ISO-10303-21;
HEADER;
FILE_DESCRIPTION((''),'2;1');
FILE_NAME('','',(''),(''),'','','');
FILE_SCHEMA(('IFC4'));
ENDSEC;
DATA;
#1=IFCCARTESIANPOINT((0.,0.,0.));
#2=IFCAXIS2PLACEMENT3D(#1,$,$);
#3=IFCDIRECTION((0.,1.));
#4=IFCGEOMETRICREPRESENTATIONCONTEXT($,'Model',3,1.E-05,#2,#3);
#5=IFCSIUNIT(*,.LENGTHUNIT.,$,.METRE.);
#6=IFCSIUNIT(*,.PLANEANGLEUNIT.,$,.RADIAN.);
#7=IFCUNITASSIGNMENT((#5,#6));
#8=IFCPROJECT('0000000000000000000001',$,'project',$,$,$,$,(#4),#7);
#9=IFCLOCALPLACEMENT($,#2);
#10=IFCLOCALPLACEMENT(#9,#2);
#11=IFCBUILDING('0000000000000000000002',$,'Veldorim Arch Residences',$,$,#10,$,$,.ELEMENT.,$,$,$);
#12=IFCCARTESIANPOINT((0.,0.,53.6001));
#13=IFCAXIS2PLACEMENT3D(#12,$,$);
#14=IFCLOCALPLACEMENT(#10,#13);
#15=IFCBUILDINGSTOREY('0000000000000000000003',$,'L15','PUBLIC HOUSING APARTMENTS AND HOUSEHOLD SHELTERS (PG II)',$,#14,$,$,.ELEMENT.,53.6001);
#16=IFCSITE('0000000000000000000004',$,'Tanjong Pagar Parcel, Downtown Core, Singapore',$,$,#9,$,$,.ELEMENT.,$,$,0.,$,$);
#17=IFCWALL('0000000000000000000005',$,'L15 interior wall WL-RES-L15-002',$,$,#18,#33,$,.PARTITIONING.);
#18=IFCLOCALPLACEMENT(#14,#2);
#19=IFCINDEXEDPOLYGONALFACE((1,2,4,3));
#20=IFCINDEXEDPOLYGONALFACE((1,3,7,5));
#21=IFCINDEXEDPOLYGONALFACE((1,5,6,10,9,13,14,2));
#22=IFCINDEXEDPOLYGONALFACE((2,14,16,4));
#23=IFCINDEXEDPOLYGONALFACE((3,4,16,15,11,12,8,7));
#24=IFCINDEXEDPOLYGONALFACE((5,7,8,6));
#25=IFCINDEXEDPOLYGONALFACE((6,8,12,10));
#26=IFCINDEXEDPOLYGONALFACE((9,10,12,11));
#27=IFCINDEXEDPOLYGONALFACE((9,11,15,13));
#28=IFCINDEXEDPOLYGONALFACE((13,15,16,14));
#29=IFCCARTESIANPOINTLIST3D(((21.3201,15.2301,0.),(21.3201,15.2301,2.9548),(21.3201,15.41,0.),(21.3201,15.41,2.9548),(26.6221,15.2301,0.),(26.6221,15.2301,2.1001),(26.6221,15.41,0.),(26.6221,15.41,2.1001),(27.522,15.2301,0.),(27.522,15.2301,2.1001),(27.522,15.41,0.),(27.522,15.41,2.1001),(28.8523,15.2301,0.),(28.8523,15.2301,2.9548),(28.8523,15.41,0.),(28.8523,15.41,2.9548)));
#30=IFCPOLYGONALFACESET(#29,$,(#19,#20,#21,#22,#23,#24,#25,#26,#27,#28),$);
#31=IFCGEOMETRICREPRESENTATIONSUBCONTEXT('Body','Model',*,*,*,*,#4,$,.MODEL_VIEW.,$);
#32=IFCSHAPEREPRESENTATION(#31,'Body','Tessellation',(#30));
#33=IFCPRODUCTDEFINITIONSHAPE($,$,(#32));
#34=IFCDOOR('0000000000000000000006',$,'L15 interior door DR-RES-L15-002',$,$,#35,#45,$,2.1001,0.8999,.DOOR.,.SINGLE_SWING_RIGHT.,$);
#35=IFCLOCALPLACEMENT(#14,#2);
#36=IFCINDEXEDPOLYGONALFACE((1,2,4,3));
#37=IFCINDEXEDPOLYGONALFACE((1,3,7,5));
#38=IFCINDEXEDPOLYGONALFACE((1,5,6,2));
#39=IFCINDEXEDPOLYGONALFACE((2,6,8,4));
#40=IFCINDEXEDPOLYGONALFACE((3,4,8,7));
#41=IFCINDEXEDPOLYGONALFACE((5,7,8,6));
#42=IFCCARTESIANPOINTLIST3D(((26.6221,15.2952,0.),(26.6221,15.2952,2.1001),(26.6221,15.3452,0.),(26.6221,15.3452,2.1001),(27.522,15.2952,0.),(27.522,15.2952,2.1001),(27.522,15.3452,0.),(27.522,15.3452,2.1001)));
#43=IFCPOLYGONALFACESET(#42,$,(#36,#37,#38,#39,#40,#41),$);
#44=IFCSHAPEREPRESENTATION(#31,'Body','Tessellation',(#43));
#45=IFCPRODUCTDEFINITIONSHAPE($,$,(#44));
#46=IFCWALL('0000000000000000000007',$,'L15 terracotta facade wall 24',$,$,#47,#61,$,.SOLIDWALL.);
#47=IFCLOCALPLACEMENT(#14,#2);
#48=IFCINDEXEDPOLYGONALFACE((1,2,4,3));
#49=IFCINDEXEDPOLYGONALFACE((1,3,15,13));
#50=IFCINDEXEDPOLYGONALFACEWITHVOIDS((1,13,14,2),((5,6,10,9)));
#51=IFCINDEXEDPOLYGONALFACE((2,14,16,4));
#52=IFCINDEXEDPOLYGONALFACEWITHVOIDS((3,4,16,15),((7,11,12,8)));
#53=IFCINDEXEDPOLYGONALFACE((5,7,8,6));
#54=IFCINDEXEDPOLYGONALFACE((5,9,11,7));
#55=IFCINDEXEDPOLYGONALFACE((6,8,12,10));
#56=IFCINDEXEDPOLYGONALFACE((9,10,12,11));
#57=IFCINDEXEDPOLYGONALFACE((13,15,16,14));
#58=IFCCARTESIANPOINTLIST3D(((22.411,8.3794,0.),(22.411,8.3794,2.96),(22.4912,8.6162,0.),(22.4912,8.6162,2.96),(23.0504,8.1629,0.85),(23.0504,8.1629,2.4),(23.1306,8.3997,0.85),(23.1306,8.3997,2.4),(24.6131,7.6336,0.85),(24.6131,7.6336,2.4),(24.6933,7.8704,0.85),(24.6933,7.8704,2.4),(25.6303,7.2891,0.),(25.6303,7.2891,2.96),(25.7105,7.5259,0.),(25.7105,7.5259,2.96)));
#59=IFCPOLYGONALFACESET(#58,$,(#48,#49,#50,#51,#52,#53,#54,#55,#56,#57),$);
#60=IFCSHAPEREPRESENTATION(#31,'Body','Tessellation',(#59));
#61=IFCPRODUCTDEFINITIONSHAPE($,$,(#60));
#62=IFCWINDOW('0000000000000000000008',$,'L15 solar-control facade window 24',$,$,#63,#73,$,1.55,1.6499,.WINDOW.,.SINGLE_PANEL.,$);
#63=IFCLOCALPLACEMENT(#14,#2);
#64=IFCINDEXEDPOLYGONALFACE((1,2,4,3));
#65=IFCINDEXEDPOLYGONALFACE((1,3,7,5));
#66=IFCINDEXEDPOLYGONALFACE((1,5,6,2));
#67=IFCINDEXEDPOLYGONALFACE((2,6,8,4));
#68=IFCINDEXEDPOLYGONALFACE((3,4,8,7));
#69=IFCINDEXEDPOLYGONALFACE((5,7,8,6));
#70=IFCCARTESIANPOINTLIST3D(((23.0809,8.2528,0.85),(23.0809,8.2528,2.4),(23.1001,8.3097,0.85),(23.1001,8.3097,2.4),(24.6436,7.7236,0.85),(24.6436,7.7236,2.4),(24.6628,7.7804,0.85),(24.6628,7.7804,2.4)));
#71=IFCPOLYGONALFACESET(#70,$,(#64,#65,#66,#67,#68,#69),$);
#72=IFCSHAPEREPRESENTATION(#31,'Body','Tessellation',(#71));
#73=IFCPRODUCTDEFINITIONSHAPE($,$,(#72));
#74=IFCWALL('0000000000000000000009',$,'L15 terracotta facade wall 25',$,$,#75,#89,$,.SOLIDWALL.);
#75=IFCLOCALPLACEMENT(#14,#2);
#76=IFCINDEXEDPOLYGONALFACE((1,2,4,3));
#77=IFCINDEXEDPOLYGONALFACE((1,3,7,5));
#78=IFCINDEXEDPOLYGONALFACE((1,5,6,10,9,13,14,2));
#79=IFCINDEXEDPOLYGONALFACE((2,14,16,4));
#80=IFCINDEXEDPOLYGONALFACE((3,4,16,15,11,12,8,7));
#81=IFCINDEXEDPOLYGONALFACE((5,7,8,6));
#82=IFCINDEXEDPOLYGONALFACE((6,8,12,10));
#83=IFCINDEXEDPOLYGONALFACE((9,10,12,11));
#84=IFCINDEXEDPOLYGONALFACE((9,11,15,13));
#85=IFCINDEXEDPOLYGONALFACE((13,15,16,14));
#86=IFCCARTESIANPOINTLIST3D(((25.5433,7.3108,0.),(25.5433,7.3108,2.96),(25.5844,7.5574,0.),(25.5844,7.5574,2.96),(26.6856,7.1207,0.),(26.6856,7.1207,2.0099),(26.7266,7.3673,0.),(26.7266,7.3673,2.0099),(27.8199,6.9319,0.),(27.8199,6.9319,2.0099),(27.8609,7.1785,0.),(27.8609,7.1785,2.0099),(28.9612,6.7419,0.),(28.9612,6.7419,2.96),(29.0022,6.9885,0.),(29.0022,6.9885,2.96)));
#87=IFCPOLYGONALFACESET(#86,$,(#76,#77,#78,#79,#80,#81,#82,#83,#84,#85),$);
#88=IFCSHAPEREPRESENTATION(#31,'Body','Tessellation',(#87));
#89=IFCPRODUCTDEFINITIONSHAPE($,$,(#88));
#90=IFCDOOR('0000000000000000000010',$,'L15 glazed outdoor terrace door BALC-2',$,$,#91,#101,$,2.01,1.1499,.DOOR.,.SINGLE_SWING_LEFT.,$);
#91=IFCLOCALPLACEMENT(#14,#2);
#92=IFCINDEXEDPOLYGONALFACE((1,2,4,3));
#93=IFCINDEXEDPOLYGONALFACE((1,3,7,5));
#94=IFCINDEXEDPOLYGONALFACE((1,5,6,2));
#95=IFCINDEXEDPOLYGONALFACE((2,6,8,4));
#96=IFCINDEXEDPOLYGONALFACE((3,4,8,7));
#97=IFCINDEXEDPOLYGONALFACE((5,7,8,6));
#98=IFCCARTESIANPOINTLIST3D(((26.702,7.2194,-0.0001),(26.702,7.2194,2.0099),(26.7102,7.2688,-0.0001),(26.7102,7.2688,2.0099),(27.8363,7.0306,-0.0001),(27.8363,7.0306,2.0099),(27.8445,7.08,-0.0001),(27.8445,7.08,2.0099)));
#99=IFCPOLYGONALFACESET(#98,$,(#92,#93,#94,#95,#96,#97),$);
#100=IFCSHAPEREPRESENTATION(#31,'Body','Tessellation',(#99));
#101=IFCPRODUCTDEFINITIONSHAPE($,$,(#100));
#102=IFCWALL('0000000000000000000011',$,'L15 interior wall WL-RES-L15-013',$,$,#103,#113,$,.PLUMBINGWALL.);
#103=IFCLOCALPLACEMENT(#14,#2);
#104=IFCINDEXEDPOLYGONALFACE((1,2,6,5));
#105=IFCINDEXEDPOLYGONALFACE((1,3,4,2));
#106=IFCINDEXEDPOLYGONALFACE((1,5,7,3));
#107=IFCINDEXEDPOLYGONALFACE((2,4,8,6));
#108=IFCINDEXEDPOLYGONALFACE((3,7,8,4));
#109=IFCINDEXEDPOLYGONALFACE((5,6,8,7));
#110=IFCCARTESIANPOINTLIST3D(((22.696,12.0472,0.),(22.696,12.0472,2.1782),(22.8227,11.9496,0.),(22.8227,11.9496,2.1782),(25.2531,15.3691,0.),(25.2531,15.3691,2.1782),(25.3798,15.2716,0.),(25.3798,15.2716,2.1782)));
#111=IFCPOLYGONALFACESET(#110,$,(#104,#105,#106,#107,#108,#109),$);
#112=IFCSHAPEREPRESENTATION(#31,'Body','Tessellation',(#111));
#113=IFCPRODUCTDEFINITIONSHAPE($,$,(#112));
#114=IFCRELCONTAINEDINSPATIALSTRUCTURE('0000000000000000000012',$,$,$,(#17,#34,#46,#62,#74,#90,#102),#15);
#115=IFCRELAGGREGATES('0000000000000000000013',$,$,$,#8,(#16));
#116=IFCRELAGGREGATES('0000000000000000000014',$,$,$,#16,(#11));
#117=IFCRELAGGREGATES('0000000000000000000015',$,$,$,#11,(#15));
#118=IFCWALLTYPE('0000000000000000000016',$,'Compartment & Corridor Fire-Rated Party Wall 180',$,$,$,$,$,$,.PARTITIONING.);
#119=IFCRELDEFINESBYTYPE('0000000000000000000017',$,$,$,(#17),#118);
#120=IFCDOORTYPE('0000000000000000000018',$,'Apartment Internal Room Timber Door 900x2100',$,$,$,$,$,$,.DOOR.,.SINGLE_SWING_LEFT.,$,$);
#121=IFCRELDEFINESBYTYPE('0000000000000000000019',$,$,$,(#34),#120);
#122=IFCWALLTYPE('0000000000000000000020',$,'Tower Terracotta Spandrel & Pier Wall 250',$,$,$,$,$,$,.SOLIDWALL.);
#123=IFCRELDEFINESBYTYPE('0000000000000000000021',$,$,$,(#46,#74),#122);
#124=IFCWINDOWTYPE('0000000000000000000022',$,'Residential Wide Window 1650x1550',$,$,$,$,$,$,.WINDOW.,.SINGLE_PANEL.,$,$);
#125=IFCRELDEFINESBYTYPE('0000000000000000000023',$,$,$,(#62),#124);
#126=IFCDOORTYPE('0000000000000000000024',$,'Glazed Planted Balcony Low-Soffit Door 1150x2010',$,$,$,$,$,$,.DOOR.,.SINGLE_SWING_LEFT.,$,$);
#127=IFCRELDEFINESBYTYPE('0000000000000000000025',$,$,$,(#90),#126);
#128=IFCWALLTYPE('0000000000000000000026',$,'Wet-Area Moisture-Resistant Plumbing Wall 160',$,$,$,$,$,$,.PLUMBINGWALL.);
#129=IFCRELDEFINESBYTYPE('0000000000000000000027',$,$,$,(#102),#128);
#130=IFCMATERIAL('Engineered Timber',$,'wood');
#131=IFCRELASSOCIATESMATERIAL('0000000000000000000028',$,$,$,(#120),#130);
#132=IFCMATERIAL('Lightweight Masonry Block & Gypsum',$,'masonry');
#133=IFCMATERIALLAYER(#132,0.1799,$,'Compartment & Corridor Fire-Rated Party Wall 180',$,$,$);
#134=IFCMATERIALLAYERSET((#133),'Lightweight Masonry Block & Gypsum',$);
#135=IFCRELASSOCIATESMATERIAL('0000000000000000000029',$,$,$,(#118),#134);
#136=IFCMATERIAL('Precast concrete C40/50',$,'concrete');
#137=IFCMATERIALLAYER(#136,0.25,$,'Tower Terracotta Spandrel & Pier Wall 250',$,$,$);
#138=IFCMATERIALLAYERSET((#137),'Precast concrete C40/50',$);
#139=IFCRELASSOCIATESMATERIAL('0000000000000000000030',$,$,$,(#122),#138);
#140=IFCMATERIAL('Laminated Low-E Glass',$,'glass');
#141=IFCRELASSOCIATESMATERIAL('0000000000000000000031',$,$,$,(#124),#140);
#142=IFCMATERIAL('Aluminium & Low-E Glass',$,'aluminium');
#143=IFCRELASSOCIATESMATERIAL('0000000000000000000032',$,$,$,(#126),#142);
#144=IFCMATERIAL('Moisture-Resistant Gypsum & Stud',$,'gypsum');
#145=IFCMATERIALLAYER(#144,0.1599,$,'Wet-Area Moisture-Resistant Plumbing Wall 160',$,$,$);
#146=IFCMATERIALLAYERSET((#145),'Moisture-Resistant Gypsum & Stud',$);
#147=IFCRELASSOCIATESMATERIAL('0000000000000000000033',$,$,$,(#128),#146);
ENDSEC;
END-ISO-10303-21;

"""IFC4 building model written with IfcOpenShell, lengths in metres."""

from ifc_helpers import new_model, si_unit, direction, frame, frame_2d, origin, place, context, subcontext, project, spatial, rectangle, extrude, material, layer, layer_set, type_object, element, fill, save


model = new_model("IFC4")

# Units and contexts
model_context = context("Model", 3, precision=1e-05, world=origin(), true_north=direction((0.0, 1.0)))
body_context = subcontext(model_context, "Body", "Model", "MODEL_VIEW")
ifc_project = project(units=[si_unit("LENGTHUNIT", "METRE"), si_unit("PLANEANGLEUNIT", "RADIAN")], contexts=[model_context])

# Site, building, storey
site_placement = place(None, origin())
site = spatial("IfcSite", under=ifc_project, at=site_placement, Name="Tanjong Pagar Parcel, Downtown Core, Singapore", CompositionType="ELEMENT", RefElevation=0.0)
building_placement = place(site_placement, origin())
building = spatial("IfcBuilding", under=site, at=building_placement, Name="Veldorim Arch Residences", CompositionType="ELEMENT")
storey_placement = place(building_placement, frame((0.0, 0.0, 53.6001)))
storey = spatial("IfcBuildingStorey", under=building, at=storey_placement, Name="L15", Description="PUBLIC HOUSING APARTMENTS AND HOUSEHOLD SHELTERS (PG II)", CompositionType="ELEMENT", Elevation=53.6001)

# Shared definitions
ifc_material_1 = material(Name="Engineered Timber", Category="wood")
door_type_1 = type_object("IfcDoorType", Name="Apartment Internal Room Timber Door 900x2100", OperationType="SINGLE_SWING_LEFT", PredefinedType="DOOR", material=ifc_material_1)

# Shared definitions
ifc_material_2 = material(Name="Lightweight Masonry Block & Gypsum", Category="masonry")
ifc_layer_1 = layer(ifc_material_2, 0.1799, Name="Compartment & Corridor Fire-Rated Party Wall 180")
ifc_layer_set_1 = layer_set([ifc_layer_1], Name="Lightweight Masonry Block & Gypsum")
wall_type_1 = type_object("IfcWallType", Name="Compartment & Corridor Fire-Rated Party Wall 180", PredefinedType="PARTITIONING", material=ifc_layer_set_1)

# Wall, opening, door
wall_1_placement = place(storey_placement, frame((28.8523, 15.3201, 0.0), z_axis=(0.0, 0.0, 1.0), x_axis=(-1.0, 0.0, 0.0)))
wall_1 = element("IfcWall", 1, at=wall_1_placement, inside=storey, type_object=wall_type_1, Name="L15 interior wall WL-RES-L15-002", PredefinedType="PARTITIONING", context=body_context, shape_type="SweptSolid", body=[
    extrude(rectangle(XDim=7.5322, YDim=0.1799, at=frame_2d((3.7661, 0.0))), origin(), (0.0, 0.0, 1.0), 2.9548),
])
opening_1_placement = place(wall_1_placement, frame((1.3303, 0.0, 0.0)))
opening_1 = element("IfcOpeningElement", 2, at=opening_1_placement, cuts=wall_1, PredefinedType="OPENING", context=body_context, shape_type="SweptSolid", body=[
    extrude(rectangle(XDim=0.8999, YDim=2.1001, at=frame_2d((0.45, 1.05))), frame((0.0, 0.0999, 0.0), z_axis=(0.0, -1.0, 0.0), x_axis=(1.0, 0.0, 0.0)), (0.0, 0.0, 1.0), 0.2),
])
door_1_placement = place(opening_1_placement, origin())
door_1 = element("IfcDoor", 3, at=door_1_placement, inside=storey, type_object=door_type_1, Name="L15 interior door DR-RES-L15-002", OperationType="SINGLE_SWING_RIGHT", OverallHeight=2.1001, OverallWidth=0.8999, PredefinedType="DOOR", context=body_context, shape_type="SweptSolid", body=[
    extrude(rectangle(XDim=0.8999, YDim=2.1001, at=frame_2d((0.45, 1.05))), frame((0.0, 0.0249, 0.0), z_axis=(0.0, -1.0, 0.0), x_axis=(1.0, 0.0, 0.0)), (0.0, 0.0, 1.0), 0.05),
])
fill(opening_1, door_1)

# Wall, opening, window
ifc_material_3 = material(Name="Precast concrete C40/50", Category="concrete")
ifc_layer_2 = layer(ifc_material_3, 0.25, Name="Tower Terracotta Spandrel & Pier Wall 250")
ifc_layer_set_2 = layer_set([ifc_layer_2], Name="Precast concrete C40/50")
wall_type_2 = type_object("IfcWallType", Name="Tower Terracotta Spandrel & Pier Wall 250", PredefinedType="SOLIDWALL", material=ifc_layer_set_2)
wall_2_placement = place(storey_placement, frame((25.6704, 7.4075, 0.0), z_axis=(0.0, 0.0, 1.0), x_axis=(-0.94715, 0.320792, 0.0)))
wall_2 = element("IfcWall", 4, at=wall_2_placement, inside=storey, type_object=wall_type_2, Name="L15 terracotta facade wall 24", PredefinedType="SOLIDWALL", context=body_context, shape_type="SweptSolid", body=[
    extrude(rectangle(XDim=3.3989, YDim=0.25, at=frame_2d((1.6995, 0.0))), origin(), (0.0, 0.0, 1.0), 2.96),
])
opening_2_placement = place(wall_2_placement, frame((1.074, 0.0, 0.8501)))
opening_2 = element("IfcOpeningElement", 5, at=opening_2_placement, cuts=wall_2, PredefinedType="OPENING", context=body_context, shape_type="SweptSolid", body=[
    extrude(rectangle(XDim=1.6499, YDim=1.55, at=frame_2d((0.825, 0.7749))), frame((0.0, 0.135, 0.0), z_axis=(0.0, -1.0, 0.0), x_axis=(1.0, 0.0, 0.0)), (0.0, 0.0, 1.0), 0.27),
])
ifc_material_4 = material(Name="Laminated Low-E Glass", Category="glass")
window_type = type_object("IfcWindowType", Name="Residential Wide Window 1650x1550", PartitioningType="SINGLE_PANEL", PredefinedType="WINDOW", material=ifc_material_4)
window_placement = place(opening_2_placement, origin())
window = element("IfcWindow", 6, at=window_placement, inside=storey, type_object=window_type, Name="L15 solar-control facade window 24", OverallHeight=1.55, OverallWidth=1.6499, PartitioningType="SINGLE_PANEL", PredefinedType="WINDOW", context=body_context, shape_type="SweptSolid", body=[
    extrude(rectangle(XDim=1.6499, YDim=1.55, at=frame_2d((0.825, 0.7749))), frame((0.0, 0.03, 0.0), z_axis=(0.0, -1.0, 0.0), x_axis=(1.0, 0.0, 0.0)), (0.0, 0.0, 1.0), 0.0601),
])
fill(opening_2, window)

# Wall, opening, door
wall_3_placement = place(storey_placement, frame((28.9817, 6.8652, 0.0), z_axis=(0.0, 0.0, 1.0), x_axis=(-0.98643, 0.164182, 0.0)))
wall_3 = element("IfcWall", 7, at=wall_3_placement, inside=storey, type_object=wall_type_2, Name="L15 terracotta facade wall 25", PredefinedType="SOLIDWALL", context=body_context, shape_type="SweptSolid", body=[
    extrude(rectangle(XDim=3.4648, YDim=0.25, at=frame_2d((1.7324, 0.0))), origin(), (0.0, 0.0, 1.0), 2.96),
])
opening_3_placement = place(wall_3_placement, frame((1.157, 0.0, 0.0)))
opening_3 = element("IfcOpeningElement", 8, at=opening_3_placement, cuts=wall_3, PredefinedType="OPENING", context=body_context, shape_type="SweptSolid", body=[
    extrude(rectangle(XDim=1.1499, YDim=2.01, at=frame_2d((0.575, 1.0049))), frame((0.0, 0.135, 0.0), z_axis=(0.0, -1.0, 0.0), x_axis=(1.0, 0.0, 0.0)), (0.0, 0.0, 1.0), 0.27),
])
ifc_material_5 = material(Name="Aluminium & Low-E Glass", Category="aluminium")
door_type_2 = type_object("IfcDoorType", Name="Glazed Planted Balcony Low-Soffit Door 1150x2010", OperationType="SINGLE_SWING_LEFT", PredefinedType="DOOR", material=ifc_material_5)
door_2_placement = place(opening_3_placement, origin())
door_2 = element("IfcDoor", 9, at=door_2_placement, inside=storey, type_object=door_type_2, Name="L15 glazed outdoor terrace door BALC-2", OperationType="SINGLE_SWING_LEFT", OverallHeight=2.01, OverallWidth=1.1499, PredefinedType="DOOR", context=body_context, shape_type="SweptSolid", body=[
    extrude(rectangle(XDim=1.1499, YDim=2.01, at=frame_2d((0.575, 1.0049))), frame((0.0, 0.0249, 0.0), z_axis=(0.0, -1.0, 0.0), x_axis=(1.0, 0.0, 0.0)), (0.0, 0.0, 1.0), 0.05),
])
fill(opening_3, door_2)

# Wall
ifc_material_6 = material(Name="Moisture-Resistant Gypsum & Stud", Category="gypsum")
ifc_layer_3 = layer(ifc_material_6, 0.1599, Name="Wet-Area Moisture-Resistant Plumbing Wall 160")
ifc_layer_set_3 = layer_set([ifc_layer_3], Name="Moisture-Resistant Gypsum & Stud")
wall_type_3 = type_object("IfcWallType", Name="Wet-Area Moisture-Resistant Plumbing Wall 160", PredefinedType="PLUMBINGWALL", material=ifc_layer_set_3)
wall_4_placement = place(storey_placement, frame((22.7593, 11.9983, 0.0), z_axis=(0.0, 0.0, 1.0), x_axis=(0.60997, 0.792425, 0.0)))
element("IfcWall", 10, at=wall_4_placement, inside=storey, type_object=wall_type_3, Name="L15 interior wall WL-RES-L15-013", PredefinedType="PLUMBINGWALL", context=body_context, shape_type="SweptSolid", body=[
    extrude(rectangle(XDim=4.1921, YDim=0.1599, at=frame_2d((2.0962, 0.0))), origin(), (0.0, 0.0, 1.0), 2.1782),
])

save(model, "model.ifc")
